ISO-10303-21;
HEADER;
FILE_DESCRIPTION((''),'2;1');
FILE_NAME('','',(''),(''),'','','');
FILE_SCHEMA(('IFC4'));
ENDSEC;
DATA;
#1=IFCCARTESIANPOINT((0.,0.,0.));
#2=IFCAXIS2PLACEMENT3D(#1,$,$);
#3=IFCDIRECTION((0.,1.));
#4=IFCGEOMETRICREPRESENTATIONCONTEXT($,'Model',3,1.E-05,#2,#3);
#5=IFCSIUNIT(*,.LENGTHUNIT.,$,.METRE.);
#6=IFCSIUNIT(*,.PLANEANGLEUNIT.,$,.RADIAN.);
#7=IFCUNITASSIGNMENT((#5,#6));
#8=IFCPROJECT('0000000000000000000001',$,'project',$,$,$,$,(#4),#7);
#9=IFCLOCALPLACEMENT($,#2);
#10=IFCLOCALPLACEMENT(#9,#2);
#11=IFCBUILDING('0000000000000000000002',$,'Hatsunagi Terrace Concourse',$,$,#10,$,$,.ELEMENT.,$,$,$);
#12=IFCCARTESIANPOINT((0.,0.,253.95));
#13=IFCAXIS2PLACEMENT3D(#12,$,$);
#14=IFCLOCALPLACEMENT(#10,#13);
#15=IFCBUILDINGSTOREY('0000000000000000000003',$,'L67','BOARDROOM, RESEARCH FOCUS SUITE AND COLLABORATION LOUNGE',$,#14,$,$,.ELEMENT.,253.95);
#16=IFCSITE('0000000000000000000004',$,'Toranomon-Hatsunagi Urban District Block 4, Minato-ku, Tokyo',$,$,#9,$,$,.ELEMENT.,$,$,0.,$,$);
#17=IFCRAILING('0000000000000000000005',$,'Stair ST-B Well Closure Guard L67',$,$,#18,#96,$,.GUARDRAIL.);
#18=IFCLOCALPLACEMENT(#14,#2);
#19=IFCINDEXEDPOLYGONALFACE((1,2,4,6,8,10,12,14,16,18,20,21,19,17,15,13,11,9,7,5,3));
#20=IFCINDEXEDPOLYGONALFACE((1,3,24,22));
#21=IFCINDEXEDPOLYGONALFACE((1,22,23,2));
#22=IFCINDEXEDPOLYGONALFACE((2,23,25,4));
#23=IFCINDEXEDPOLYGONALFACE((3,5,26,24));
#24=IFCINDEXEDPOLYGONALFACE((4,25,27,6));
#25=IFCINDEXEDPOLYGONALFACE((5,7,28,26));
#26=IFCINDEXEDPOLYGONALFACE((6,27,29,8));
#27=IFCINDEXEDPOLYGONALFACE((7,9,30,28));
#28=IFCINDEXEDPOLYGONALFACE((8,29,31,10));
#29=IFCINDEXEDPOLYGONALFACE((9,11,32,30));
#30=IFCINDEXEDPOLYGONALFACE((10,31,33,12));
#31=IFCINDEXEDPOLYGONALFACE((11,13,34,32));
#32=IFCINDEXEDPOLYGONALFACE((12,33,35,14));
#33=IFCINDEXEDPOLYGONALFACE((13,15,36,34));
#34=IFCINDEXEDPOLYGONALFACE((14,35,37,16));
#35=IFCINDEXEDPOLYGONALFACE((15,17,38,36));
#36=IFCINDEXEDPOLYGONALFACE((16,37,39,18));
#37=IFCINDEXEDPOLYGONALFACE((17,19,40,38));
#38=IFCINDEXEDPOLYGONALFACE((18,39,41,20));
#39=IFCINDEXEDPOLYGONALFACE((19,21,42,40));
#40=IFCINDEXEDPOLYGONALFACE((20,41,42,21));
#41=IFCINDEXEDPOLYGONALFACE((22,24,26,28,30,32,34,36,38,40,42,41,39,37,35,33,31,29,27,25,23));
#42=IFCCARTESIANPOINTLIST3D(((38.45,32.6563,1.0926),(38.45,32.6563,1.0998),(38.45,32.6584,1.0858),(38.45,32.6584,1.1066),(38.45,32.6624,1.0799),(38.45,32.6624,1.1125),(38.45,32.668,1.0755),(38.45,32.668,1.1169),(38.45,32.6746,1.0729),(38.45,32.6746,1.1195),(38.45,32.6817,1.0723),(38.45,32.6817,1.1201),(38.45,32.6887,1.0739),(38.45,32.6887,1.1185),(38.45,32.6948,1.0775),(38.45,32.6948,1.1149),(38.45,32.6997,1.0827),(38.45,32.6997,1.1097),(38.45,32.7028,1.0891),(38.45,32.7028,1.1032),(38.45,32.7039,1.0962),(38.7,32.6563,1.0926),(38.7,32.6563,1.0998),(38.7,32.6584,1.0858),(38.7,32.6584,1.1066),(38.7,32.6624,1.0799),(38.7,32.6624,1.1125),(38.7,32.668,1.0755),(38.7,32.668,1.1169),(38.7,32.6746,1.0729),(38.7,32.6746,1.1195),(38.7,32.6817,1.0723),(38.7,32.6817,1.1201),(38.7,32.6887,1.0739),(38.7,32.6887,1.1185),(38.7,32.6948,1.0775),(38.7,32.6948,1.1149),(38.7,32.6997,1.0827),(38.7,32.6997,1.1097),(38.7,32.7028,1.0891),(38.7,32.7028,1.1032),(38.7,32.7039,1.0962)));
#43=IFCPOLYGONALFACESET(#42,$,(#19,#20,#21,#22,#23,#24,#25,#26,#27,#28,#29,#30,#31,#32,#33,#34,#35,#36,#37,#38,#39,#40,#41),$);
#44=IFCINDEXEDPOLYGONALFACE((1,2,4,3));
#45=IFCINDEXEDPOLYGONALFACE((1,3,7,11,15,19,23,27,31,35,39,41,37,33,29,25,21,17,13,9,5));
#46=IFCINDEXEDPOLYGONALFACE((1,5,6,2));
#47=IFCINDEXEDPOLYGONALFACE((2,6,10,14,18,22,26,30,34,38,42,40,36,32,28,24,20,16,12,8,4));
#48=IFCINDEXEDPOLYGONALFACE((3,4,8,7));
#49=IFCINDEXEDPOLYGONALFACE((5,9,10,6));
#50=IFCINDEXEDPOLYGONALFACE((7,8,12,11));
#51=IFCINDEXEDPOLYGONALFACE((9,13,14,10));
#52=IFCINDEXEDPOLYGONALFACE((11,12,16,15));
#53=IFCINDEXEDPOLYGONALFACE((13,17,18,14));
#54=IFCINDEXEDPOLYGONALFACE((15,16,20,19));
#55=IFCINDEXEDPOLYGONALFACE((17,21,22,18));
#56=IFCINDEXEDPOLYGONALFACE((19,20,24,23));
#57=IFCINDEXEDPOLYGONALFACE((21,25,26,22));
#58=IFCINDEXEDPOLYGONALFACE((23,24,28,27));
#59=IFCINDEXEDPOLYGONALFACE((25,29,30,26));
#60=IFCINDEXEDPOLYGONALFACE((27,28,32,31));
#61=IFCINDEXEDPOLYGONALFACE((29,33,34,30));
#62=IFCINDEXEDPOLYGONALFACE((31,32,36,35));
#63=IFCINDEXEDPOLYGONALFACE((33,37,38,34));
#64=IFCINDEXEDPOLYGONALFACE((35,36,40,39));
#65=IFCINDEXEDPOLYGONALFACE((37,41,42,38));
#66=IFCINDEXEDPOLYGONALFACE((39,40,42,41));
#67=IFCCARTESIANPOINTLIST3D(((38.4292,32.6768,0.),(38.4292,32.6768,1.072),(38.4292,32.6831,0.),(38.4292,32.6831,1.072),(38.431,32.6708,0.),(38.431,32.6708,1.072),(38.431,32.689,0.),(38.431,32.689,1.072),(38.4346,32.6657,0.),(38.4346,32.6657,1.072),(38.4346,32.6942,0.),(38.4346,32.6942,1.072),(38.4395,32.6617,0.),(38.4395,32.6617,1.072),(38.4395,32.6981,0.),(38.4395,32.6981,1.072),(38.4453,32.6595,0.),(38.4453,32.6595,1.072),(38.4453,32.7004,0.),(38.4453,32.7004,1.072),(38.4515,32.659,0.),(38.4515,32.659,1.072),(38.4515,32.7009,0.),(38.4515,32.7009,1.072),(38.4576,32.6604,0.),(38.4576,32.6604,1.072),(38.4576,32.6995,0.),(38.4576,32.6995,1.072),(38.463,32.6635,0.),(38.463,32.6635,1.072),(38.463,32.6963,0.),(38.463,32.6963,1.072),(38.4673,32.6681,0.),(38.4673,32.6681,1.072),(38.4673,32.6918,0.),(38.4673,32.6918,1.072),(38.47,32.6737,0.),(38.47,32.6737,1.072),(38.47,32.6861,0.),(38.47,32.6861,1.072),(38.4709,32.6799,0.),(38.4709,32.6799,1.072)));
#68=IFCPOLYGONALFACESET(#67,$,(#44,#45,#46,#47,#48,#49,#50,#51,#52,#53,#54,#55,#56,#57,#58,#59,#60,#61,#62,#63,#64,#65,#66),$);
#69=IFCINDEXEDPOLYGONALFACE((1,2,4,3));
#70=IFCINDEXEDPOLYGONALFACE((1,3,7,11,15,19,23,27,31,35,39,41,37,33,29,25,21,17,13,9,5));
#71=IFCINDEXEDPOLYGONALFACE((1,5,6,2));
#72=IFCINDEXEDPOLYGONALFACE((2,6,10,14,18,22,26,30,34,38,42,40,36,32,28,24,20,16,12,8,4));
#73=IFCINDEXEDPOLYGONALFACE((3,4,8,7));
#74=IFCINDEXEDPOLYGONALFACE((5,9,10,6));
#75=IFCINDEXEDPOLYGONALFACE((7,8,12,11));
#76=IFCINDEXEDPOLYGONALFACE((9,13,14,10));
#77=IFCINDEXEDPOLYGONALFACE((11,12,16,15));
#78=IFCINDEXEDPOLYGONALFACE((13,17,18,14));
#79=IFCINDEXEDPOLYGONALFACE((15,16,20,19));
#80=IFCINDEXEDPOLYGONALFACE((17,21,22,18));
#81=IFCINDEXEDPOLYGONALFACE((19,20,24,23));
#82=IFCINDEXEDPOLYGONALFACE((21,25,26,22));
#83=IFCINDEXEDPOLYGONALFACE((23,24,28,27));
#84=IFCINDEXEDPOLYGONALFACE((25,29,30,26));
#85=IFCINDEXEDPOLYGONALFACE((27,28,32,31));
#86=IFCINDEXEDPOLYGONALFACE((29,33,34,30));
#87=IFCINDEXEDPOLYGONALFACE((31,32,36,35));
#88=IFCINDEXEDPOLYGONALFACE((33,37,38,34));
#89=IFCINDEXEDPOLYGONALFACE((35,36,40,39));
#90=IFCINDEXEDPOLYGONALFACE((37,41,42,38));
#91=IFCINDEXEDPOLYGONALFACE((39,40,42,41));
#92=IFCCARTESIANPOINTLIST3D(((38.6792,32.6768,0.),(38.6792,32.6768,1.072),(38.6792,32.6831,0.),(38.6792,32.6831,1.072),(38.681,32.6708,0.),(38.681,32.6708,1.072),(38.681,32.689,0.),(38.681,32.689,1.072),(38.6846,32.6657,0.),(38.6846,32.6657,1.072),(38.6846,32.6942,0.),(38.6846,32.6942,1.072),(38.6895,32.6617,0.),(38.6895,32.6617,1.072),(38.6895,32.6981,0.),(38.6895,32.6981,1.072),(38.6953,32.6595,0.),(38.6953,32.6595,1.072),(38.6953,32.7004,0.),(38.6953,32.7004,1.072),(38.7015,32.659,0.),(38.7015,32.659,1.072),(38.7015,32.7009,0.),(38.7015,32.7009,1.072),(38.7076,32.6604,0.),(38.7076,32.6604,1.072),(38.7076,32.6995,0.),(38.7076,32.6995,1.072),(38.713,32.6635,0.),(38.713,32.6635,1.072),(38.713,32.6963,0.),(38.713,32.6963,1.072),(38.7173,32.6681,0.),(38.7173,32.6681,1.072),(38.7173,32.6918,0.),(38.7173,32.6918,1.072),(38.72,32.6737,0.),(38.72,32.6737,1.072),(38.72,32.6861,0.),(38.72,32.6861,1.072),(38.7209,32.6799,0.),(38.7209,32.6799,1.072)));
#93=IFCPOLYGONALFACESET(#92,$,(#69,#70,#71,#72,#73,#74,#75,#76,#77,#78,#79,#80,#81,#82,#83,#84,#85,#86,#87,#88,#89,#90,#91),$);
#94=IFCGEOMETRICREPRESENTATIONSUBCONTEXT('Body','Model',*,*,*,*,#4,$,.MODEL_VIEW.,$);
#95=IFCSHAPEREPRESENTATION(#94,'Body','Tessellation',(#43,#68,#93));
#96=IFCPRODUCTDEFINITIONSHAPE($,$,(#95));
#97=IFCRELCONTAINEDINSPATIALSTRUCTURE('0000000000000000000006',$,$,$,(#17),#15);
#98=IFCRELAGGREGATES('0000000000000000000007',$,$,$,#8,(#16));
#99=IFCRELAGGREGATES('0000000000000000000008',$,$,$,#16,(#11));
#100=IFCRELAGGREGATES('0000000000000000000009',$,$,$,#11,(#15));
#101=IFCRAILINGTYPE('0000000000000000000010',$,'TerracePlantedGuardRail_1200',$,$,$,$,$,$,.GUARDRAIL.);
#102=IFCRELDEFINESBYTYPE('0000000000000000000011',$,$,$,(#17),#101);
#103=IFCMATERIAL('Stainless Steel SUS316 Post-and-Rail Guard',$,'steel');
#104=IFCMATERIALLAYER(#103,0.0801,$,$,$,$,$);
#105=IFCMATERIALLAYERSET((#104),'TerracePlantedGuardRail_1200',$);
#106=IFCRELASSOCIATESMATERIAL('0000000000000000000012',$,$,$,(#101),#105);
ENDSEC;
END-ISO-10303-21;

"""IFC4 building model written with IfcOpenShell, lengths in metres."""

from ifc_helpers import new_model, si_unit, direction, frame, origin, origin_2d, place, context, subcontext, project, spatial, circle, extrude, material, layer, layer_set, type_object, element, save


model = new_model("IFC4")

# Units and contexts
model_context = context("Model", 3, precision=1e-05, world=origin(), true_north=direction((0.0, 1.0)))
body_context = subcontext(model_context, "Body", "Model", "MODEL_VIEW")
ifc_project = project(units=[si_unit("LENGTHUNIT", "METRE"), si_unit("PLANEANGLEUNIT", "RADIAN")], contexts=[model_context])

# Site, building, storey
site_placement = place(None, origin())
site = spatial("IfcSite", under=ifc_project, at=site_placement, Name="Toranomon-Hatsunagi Urban District Block 4, Minato-ku, Tokyo", CompositionType="ELEMENT", RefElevation=0.0)
building_placement = place(site_placement, origin())
building = spatial("IfcBuilding", under=site, at=building_placement, Name="Hatsunagi Terrace Concourse", CompositionType="ELEMENT")
storey_placement = place(building_placement, frame((0.0, 0.0, 253.95)))
storey = spatial("IfcBuildingStorey", under=building, at=storey_placement, Name="L67", Description="BOARDROOM, RESEARCH FOCUS SUITE AND COLLABORATION LOUNGE", CompositionType="ELEMENT", Elevation=253.95)

# Railing
ifc_material_1 = material(Name="Stainless Steel SUS316 Post-and-Rail Guard", Category="steel")
ifc_layer_1 = layer(ifc_material_1, 0.0801)
ifc_layer_set_1 = layer_set([ifc_layer_1], Name="TerracePlantedGuardRail_1200")
railing_type_1 = type_object("IfcRailingType", Name="TerracePlantedGuardRail_1200", PredefinedType="GUARDRAIL", material=ifc_layer_set_1)
railing_1_placement = place(storey_placement, frame((38.45, 32.6799, 0.0)))
element("IfcRailing", 1, at=railing_1_placement, inside=storey, type_object=railing_type_1, Name="Stair ST-B Well Closure Guard L67", PredefinedType="GUARDRAIL", context=body_context, shape_type="SweptSolid", body=[
    extrude(circle(Radius=0.0239, at=origin_2d()), frame((0.0, 0.0, 1.0962), z_axis=(1.0, 0.0, 0.0), x_axis=(0.0, 1.0, 0.0)), (0.0, 0.0, 1.0), 0.25),
    extrude(circle(Radius=0.021, at=origin_2d()), origin(), (0.0, 0.0, 1.0), 1.072),
    extrude(circle(Radius=0.021, at=origin_2d()), frame((0.25, 0.0, 0.0)), (0.0, 0.0, 1.0), 1.072),
])

save(model, "model.ifc")
